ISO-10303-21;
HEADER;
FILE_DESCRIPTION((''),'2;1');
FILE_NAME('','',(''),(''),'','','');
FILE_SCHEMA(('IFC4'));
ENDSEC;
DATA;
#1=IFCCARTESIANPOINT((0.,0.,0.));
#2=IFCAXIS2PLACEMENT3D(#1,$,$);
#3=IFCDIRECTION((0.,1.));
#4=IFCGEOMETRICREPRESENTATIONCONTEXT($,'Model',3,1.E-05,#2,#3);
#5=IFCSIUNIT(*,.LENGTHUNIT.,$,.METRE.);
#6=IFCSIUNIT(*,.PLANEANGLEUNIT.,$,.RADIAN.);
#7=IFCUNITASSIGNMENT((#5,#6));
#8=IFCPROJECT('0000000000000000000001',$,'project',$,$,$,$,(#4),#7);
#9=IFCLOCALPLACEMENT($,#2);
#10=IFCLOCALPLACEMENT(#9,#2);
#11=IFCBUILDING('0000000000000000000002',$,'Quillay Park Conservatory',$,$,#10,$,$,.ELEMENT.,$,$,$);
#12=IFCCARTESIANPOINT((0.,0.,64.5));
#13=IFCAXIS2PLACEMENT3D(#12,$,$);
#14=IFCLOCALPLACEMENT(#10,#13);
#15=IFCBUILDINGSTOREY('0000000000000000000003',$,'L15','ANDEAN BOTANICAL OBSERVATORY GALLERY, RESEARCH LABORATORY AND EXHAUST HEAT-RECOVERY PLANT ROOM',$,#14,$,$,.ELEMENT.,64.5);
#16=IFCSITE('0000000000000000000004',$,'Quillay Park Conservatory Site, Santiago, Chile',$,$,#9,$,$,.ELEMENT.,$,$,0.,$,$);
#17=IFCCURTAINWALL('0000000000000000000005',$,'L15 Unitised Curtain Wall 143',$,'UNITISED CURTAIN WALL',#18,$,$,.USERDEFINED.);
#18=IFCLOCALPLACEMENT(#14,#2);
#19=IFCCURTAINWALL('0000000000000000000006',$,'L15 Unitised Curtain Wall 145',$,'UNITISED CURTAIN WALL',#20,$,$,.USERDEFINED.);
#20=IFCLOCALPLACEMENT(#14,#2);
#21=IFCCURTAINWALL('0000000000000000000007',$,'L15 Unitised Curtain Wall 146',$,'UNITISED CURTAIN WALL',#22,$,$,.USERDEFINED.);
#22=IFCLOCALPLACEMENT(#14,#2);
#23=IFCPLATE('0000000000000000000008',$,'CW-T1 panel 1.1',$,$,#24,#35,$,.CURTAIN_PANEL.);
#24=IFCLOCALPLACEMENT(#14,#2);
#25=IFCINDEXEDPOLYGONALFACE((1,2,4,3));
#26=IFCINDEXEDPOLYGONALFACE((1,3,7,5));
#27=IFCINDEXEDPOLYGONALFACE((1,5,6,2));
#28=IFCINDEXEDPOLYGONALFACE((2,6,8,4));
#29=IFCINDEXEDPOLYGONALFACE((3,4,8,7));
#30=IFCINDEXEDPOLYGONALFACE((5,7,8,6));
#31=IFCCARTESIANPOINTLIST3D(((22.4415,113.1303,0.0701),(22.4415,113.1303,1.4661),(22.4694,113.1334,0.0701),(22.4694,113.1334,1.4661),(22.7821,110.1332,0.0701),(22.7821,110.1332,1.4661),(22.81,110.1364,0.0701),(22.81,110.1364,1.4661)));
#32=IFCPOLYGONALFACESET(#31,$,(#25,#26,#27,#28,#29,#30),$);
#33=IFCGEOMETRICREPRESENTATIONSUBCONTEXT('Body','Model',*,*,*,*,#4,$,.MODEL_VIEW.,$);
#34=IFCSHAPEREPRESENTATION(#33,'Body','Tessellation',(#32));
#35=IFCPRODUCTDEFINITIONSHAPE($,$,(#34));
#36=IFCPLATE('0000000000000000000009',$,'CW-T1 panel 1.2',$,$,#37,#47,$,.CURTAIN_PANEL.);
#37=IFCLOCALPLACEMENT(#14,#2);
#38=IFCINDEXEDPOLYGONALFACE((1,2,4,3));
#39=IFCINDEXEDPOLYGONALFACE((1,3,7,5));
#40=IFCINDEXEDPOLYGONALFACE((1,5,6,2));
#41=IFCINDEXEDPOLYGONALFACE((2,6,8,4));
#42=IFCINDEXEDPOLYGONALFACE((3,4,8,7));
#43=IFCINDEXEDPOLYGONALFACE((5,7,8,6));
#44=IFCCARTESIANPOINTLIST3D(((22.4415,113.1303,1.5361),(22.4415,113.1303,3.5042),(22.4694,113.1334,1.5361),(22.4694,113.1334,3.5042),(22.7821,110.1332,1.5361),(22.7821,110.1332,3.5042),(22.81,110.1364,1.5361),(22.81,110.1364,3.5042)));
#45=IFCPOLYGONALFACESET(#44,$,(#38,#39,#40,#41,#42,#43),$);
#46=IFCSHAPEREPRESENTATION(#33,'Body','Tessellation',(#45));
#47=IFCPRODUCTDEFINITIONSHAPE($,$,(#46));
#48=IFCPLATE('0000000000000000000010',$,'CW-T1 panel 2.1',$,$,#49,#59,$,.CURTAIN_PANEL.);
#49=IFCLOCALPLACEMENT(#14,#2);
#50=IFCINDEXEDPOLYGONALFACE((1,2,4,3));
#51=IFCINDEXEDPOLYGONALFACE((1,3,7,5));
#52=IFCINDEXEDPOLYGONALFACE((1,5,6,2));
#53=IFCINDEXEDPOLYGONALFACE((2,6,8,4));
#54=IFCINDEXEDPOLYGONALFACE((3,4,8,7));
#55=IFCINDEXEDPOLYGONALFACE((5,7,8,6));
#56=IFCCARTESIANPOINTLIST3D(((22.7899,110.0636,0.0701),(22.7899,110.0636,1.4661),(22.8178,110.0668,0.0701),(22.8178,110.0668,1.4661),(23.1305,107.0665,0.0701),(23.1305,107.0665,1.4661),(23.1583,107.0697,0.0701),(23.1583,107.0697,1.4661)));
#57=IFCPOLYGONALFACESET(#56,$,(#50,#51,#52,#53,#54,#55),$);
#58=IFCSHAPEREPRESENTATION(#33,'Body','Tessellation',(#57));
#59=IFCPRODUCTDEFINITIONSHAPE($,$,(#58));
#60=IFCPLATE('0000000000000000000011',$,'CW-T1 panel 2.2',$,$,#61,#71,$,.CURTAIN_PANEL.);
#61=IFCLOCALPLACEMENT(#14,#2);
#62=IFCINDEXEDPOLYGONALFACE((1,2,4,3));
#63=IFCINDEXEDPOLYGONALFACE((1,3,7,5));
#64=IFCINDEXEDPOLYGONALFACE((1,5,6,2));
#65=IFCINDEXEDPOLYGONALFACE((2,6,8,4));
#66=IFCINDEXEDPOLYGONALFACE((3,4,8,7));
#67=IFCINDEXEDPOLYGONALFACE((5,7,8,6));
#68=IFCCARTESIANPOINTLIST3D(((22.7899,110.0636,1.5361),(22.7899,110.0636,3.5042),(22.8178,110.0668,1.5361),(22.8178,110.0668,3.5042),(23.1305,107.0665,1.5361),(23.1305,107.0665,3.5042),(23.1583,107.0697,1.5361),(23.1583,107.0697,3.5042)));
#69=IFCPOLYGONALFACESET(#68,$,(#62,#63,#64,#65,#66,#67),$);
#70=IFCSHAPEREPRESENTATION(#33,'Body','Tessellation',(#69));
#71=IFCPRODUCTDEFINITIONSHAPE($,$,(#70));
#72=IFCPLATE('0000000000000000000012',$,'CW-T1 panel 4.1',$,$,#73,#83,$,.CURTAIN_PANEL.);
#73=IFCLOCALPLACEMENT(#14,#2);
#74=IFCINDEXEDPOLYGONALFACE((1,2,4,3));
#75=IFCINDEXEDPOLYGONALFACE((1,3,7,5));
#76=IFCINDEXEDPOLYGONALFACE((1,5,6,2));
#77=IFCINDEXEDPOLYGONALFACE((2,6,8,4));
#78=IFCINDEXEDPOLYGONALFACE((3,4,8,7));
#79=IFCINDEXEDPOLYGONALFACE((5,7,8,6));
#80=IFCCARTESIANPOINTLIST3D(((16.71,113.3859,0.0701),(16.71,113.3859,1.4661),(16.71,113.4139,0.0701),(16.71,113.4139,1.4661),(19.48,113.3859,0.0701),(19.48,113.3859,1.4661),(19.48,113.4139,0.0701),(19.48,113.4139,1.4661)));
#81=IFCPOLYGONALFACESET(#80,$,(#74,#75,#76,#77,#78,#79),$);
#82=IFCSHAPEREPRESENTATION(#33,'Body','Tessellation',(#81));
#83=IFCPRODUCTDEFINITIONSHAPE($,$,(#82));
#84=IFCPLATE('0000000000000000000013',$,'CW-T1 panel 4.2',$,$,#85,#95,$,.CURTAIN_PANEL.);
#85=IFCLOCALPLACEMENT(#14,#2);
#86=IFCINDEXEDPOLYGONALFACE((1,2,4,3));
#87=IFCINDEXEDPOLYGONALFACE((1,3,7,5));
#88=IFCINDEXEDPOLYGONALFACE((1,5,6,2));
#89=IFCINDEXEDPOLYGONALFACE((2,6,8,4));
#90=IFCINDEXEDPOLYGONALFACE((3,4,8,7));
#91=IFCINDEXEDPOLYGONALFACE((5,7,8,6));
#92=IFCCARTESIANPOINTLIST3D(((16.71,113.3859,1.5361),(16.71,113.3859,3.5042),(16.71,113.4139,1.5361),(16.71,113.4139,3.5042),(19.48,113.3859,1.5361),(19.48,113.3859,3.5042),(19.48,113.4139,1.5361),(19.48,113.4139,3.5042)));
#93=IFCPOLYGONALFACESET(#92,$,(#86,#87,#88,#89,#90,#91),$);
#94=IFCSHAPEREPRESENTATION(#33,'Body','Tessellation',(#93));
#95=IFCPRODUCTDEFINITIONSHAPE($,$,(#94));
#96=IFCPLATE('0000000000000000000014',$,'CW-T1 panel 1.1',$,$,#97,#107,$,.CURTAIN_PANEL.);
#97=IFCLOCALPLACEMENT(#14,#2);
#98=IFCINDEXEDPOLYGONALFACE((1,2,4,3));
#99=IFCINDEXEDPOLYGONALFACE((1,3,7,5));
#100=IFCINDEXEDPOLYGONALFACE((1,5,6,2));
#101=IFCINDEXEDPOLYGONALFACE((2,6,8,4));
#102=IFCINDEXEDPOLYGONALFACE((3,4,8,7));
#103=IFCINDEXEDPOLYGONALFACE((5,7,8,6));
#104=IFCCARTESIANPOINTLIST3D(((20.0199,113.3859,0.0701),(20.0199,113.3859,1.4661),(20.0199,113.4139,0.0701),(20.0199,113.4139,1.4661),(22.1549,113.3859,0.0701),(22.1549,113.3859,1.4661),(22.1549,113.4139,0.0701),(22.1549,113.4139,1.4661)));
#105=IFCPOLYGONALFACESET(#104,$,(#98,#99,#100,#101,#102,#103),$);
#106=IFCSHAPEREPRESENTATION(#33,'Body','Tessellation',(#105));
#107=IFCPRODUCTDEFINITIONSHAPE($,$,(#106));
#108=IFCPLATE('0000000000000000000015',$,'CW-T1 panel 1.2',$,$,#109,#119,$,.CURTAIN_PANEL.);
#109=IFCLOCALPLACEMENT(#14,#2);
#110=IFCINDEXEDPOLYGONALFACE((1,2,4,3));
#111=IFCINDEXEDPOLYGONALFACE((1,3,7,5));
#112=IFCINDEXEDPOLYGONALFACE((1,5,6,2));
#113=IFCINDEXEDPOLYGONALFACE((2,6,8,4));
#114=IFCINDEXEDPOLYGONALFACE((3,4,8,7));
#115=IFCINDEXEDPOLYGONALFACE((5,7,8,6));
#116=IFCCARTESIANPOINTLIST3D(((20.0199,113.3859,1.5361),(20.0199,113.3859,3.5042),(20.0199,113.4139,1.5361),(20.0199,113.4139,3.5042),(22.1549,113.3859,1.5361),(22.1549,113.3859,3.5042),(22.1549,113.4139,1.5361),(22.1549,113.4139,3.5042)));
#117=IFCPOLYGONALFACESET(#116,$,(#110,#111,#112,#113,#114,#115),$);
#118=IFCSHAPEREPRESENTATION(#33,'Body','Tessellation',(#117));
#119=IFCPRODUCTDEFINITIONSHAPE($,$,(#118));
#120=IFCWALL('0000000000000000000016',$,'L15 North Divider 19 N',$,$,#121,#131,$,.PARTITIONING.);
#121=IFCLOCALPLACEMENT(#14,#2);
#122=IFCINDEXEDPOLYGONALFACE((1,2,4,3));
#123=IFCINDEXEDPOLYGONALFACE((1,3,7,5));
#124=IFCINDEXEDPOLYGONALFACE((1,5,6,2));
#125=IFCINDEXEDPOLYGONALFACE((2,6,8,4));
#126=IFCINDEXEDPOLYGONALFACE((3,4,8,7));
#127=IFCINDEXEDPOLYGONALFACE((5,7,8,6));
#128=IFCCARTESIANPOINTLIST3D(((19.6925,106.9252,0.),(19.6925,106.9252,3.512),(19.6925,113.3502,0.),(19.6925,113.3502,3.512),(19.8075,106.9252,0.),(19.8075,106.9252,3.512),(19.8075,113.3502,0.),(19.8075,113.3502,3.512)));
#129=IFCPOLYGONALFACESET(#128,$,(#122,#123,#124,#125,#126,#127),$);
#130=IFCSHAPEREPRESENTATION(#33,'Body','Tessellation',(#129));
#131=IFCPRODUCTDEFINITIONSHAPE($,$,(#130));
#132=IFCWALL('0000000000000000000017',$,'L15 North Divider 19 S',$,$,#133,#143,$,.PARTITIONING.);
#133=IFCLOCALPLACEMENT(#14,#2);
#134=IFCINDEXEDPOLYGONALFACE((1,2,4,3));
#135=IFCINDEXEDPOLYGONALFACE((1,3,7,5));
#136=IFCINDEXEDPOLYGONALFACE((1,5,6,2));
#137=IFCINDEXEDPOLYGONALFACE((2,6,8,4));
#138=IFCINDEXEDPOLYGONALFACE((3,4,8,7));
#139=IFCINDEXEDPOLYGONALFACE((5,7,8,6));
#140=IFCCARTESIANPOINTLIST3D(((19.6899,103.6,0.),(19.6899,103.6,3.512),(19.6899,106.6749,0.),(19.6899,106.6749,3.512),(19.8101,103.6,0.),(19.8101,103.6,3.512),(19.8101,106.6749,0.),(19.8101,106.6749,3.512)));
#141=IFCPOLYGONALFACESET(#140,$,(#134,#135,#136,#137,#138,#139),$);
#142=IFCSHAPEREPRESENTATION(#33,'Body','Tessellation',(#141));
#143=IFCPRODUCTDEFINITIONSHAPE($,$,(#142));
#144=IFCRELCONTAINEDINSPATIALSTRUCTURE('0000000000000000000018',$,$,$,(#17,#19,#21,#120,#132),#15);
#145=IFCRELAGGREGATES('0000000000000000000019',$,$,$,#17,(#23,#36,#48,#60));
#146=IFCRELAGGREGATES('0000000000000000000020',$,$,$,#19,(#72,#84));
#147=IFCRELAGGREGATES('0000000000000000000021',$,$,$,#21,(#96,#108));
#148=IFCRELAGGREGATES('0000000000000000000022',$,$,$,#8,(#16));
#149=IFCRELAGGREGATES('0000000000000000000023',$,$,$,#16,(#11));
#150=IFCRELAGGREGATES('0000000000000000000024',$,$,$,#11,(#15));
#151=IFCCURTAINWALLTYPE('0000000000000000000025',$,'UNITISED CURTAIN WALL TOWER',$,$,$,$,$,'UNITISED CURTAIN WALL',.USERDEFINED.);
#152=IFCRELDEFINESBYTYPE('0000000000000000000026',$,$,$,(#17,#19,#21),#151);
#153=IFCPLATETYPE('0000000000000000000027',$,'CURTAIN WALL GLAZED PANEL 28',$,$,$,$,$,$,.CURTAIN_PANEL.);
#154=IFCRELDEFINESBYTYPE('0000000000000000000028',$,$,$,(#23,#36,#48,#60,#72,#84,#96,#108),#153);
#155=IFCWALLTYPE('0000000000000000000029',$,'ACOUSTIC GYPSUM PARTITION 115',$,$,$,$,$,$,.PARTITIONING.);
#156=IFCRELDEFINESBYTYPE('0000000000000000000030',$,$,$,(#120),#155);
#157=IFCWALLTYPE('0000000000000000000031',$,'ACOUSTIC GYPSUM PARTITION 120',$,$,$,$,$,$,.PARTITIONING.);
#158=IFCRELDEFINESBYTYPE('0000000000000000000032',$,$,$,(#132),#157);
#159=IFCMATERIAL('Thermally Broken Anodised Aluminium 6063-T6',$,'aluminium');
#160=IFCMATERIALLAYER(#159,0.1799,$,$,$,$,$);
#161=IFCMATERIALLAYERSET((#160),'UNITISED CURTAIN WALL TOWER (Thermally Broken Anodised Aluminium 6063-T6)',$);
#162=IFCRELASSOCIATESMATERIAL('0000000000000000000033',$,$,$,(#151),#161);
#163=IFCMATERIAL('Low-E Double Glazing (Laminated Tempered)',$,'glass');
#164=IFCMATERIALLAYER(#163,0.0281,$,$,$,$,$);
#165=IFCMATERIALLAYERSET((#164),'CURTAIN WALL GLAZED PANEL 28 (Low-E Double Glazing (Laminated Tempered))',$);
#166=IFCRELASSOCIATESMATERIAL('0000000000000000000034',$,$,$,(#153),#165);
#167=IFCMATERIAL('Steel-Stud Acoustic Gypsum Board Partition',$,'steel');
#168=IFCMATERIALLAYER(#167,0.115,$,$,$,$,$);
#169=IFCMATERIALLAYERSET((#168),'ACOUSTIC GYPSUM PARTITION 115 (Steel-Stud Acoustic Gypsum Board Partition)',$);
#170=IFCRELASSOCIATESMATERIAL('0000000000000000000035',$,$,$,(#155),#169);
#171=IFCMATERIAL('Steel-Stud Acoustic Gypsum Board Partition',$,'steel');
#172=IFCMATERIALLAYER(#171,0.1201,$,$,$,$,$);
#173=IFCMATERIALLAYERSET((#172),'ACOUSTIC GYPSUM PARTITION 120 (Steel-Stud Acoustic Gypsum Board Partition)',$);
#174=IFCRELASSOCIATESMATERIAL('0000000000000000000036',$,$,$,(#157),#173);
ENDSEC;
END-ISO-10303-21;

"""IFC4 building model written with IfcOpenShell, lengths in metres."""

from ifc_helpers import new_model, si_unit, direction, frame, frame_2d, origin, origin_2d, place, context, subcontext, project, spatial, rectangle, extrude, material, layer, layer_set, type_object, element, aggregate, save


model = new_model("IFC4")

# Units and contexts
model_context = context("Model", 3, precision=1e-05, world=origin(), true_north=direction((0.0, 1.0)))
body_context = subcontext(model_context, "Body", "Model", "MODEL_VIEW")
ifc_project = project(units=[si_unit("LENGTHUNIT", "METRE"), si_unit("PLANEANGLEUNIT", "RADIAN")], contexts=[model_context])

# Site, building, storey
site_placement = place(None, origin())
site = spatial("IfcSite", under=ifc_project, at=site_placement, Name="Quillay Park Conservatory Site, Santiago, Chile", CompositionType="ELEMENT", RefElevation=0.0)
building_placement = place(site_placement, origin())
building = spatial("IfcBuilding", under=site, at=building_placement, Name="Quillay Park Conservatory", CompositionType="ELEMENT")
storey_placement = place(building_placement, frame((0.0, 0.0, 64.5)))
storey = spatial("IfcBuildingStorey", under=building, at=storey_placement, Name="L15", Description="ANDEAN BOTANICAL OBSERVATORY GALLERY, RESEARCH LABORATORY AND EXHAUST HEAT-RECOVERY PLANT ROOM", CompositionType="ELEMENT", Elevation=64.5)

# Curtain wall
ifc_material_1 = material(Name="Thermally Broken Anodised Aluminium 6063-T6", Category="aluminium")
ifc_layer_1 = layer(ifc_material_1, 0.1799)
ifc_layer_set_1 = layer_set([ifc_layer_1], Name="UNITISED CURTAIN WALL TOWER (Thermally Broken Anodised Aluminium 6063-T6)")
curtain_wall_type = type_object("IfcCurtainWallType", Name="UNITISED CURTAIN WALL TOWER", ElementType="UNITISED CURTAIN WALL", PredefinedType="USERDEFINED", material=ifc_layer_set_1)
curtain_wall_1_placement = place(storey_placement, origin())
curtain_wall_1 = element("IfcCurtainWall", 1, at=curtain_wall_1_placement, inside=storey, type_object=curtain_wall_type, Name="L15 Unitised Curtain Wall 143", ObjectType="UNITISED CURTAIN WALL", PredefinedType="USERDEFINED")

# Curtain wall
curtain_wall_2_placement = place(storey_placement, origin())
curtain_wall_2 = element("IfcCurtainWall", 2, at=curtain_wall_2_placement, inside=storey, type_object=curtain_wall_type, Name="L15 Unitised Curtain Wall 145", ObjectType="UNITISED CURTAIN WALL", PredefinedType="USERDEFINED")

# Curtain wall
curtain_wall_3_placement = place(storey_placement, origin())
curtain_wall_3 = element("IfcCurtainWall", 3, at=curtain_wall_3_placement, inside=storey, type_object=curtain_wall_type, Name="L15 Unitised Curtain Wall 146", ObjectType="UNITISED CURTAIN WALL", PredefinedType="USERDEFINED")

# Plates
ifc_material_2 = material(Name="Low-E Double Glazing (Laminated Tempered)", Category="glass")
ifc_layer_2 = layer(ifc_material_2, 0.0281)
ifc_layer_set_2 = layer_set([ifc_layer_2], Name="CURTAIN WALL GLAZED PANEL 28 (Low-E Double Glazing (Laminated Tempered))")
plate_type = type_object("IfcPlateType", Name="CURTAIN WALL GLAZED PANEL 28", PredefinedType="CURTAIN_PANEL", material=ifc_layer_set_2)
plate_1_placement = place(storey_placement, frame((22.6257, 111.6333, 0.0701), z_axis=(0.0, 0.0, 1.0), x_axis=(0.112903, -0.993606, 0.0)))
plate_1 = element("IfcPlate", 4, at=plate_1_placement, type_object=plate_type, Name="CW-T1 panel 1.1", PredefinedType="CURTAIN_PANEL", context=body_context, shape_type="SweptSolid", body=[
    extrude(rectangle(XDim=3.0164, YDim=0.0281, at=origin_2d()), origin(), (0.0, 0.0, 1.0), 1.396),
])
plate_2_placement = place(storey_placement, frame((22.6257, 111.6333, 1.5361), z_axis=(0.0, 0.0, 1.0), x_axis=(0.112903, -0.993606, 0.0)))
plate_2 = element("IfcPlate", 5, at=plate_2_placement, type_object=plate_type, Name="CW-T1 panel 1.2", PredefinedType="CURTAIN_PANEL", context=body_context, shape_type="SweptSolid", body=[
    extrude(rectangle(XDim=3.0164, YDim=0.0281, at=origin_2d()), origin(), (0.0, 0.0, 1.0), 1.968),
])
plate_3_placement = place(storey_placement, frame((22.9741, 108.5667, 0.0701), z_axis=(0.0, 0.0, 1.0), x_axis=(0.112903, -0.993606, 0.0)))
plate_3 = element("IfcPlate", 6, at=plate_3_placement, type_object=plate_type, Name="CW-T1 panel 2.1", PredefinedType="CURTAIN_PANEL", context=body_context, shape_type="SweptSolid", body=[
    extrude(rectangle(XDim=3.0164, YDim=0.0281, at=origin_2d()), origin(), (0.0, 0.0, 1.0), 1.396),
])
plate_4_placement = place(storey_placement, frame((22.9741, 108.5667, 1.5361), z_axis=(0.0, 0.0, 1.0), x_axis=(0.112903, -0.993606, 0.0)))
plate_4 = element("IfcPlate", 7, at=plate_4_placement, type_object=plate_type, Name="CW-T1 panel 2.2", PredefinedType="CURTAIN_PANEL", context=body_context, shape_type="SweptSolid", body=[
    extrude(rectangle(XDim=3.0164, YDim=0.0281, at=origin_2d()), origin(), (0.0, 0.0, 1.0), 1.968),
])
aggregate(curtain_wall_1, [plate_1, plate_2, plate_3, plate_4])
plate_5_placement = place(storey_placement, frame((18.095, 113.3999, 0.0701), z_axis=(0.0, 0.0, 1.0), x_axis=(1.0, 0.0, 0.0)))
plate_5 = element("IfcPlate", 8, at=plate_5_placement, type_object=plate_type, Name="CW-T1 panel 4.1", PredefinedType="CURTAIN_PANEL", context=body_context, shape_type="SweptSolid", body=[
    extrude(rectangle(XDim=2.77, YDim=0.0281, at=origin_2d()), origin(), (0.0, 0.0, 1.0), 1.396),
])
plate_6_placement = place(storey_placement, frame((18.095, 113.3999, 1.5361), z_axis=(0.0, 0.0, 1.0), x_axis=(1.0, 0.0, 0.0)))
plate_6 = element("IfcPlate", 9, at=plate_6_placement, type_object=plate_type, Name="CW-T1 panel 4.2", PredefinedType="CURTAIN_PANEL", context=body_context, shape_type="SweptSolid", body=[
    extrude(rectangle(XDim=2.77, YDim=0.0281, at=origin_2d()), origin(), (0.0, 0.0, 1.0), 1.968),
])
aggregate(curtain_wall_2, [plate_5, plate_6])
plate_7_placement = place(storey_placement, frame((21.0874, 113.3999, 0.0701), z_axis=(0.0, 0.0, 1.0), x_axis=(1.0, 0.0, 0.0)))
plate_7 = element("IfcPlate", 10, at=plate_7_placement, type_object=plate_type, Name="CW-T1 panel 1.1", PredefinedType="CURTAIN_PANEL", context=body_context, shape_type="SweptSolid", body=[
    extrude(rectangle(XDim=2.135, YDim=0.0281, at=origin_2d()), origin(), (0.0, 0.0, 1.0), 1.396),
])
plate_8_placement = place(storey_placement, frame((21.0874, 113.3999, 1.5361), z_axis=(0.0, 0.0, 1.0), x_axis=(1.0, 0.0, 0.0)))
plate_8 = element("IfcPlate", 11, at=plate_8_placement, type_object=plate_type, Name="CW-T1 panel 1.2", PredefinedType="CURTAIN_PANEL", context=body_context, shape_type="SweptSolid", body=[
    extrude(rectangle(XDim=2.135, YDim=0.0281, at=origin_2d()), origin(), (0.0, 0.0, 1.0), 1.968),
])
aggregate(curtain_wall_3, [plate_7, plate_8])

# Walls
ifc_material_3 = material(Name="Steel-Stud Acoustic Gypsum Board Partition", Category="steel")
ifc_layer_3 = layer(ifc_material_3, 0.115)
ifc_layer_set_3 = layer_set([ifc_layer_3], Name="ACOUSTIC GYPSUM PARTITION 115 (Steel-Stud Acoustic Gypsum Board Partition)")
wall_type_1 = type_object("IfcWallType", Name="ACOUSTIC GYPSUM PARTITION 115", PredefinedType="PARTITIONING", material=ifc_layer_set_3)
wall_1_placement = place(storey_placement, frame((19.75, 113.3501, 0.0), z_axis=(0.0, 0.0, 1.0), x_axis=(0.0, -1.0, 0.0)))
element("IfcWall", 12, at=wall_1_placement, inside=storey, type_object=wall_type_1, Name="L15 North Divider 19 N", PredefinedType="PARTITIONING", context=body_context, shape_type="SweptSolid", body=[
    extrude(rectangle(XDim=6.425, YDim=0.115, at=frame_2d((3.2124, 0.0))), origin(), (0.0, 0.0, 1.0), 3.512),
])
ifc_material_4 = material(Name="Steel-Stud Acoustic Gypsum Board Partition", Category="steel")
ifc_layer_4 = layer(ifc_material_4, 0.1201)
ifc_layer_set_4 = layer_set([ifc_layer_4], Name="ACOUSTIC GYPSUM PARTITION 120 (Steel-Stud Acoustic Gypsum Board Partition)")
wall_type_2 = type_object("IfcWallType", Name="ACOUSTIC GYPSUM PARTITION 120", PredefinedType="PARTITIONING", material=ifc_layer_set_4)
wall_2_placement = place(storey_placement, frame((19.75, 106.675, 0.0), z_axis=(0.0, 0.0, 1.0), x_axis=(0.0, -1.0, 0.0)))
element("IfcWall", 13, at=wall_2_placement, inside=storey, type_object=wall_type_2, Name="L15 North Divider 19 S", PredefinedType="PARTITIONING", context=body_context, shape_type="SweptSolid", body=[
    extrude(rectangle(XDim=3.075, YDim=0.1201, at=frame_2d((1.5376, 0.0))), origin(), (0.0, 0.0, 1.0), 3.512),
])

save(model, "model.ifc")
